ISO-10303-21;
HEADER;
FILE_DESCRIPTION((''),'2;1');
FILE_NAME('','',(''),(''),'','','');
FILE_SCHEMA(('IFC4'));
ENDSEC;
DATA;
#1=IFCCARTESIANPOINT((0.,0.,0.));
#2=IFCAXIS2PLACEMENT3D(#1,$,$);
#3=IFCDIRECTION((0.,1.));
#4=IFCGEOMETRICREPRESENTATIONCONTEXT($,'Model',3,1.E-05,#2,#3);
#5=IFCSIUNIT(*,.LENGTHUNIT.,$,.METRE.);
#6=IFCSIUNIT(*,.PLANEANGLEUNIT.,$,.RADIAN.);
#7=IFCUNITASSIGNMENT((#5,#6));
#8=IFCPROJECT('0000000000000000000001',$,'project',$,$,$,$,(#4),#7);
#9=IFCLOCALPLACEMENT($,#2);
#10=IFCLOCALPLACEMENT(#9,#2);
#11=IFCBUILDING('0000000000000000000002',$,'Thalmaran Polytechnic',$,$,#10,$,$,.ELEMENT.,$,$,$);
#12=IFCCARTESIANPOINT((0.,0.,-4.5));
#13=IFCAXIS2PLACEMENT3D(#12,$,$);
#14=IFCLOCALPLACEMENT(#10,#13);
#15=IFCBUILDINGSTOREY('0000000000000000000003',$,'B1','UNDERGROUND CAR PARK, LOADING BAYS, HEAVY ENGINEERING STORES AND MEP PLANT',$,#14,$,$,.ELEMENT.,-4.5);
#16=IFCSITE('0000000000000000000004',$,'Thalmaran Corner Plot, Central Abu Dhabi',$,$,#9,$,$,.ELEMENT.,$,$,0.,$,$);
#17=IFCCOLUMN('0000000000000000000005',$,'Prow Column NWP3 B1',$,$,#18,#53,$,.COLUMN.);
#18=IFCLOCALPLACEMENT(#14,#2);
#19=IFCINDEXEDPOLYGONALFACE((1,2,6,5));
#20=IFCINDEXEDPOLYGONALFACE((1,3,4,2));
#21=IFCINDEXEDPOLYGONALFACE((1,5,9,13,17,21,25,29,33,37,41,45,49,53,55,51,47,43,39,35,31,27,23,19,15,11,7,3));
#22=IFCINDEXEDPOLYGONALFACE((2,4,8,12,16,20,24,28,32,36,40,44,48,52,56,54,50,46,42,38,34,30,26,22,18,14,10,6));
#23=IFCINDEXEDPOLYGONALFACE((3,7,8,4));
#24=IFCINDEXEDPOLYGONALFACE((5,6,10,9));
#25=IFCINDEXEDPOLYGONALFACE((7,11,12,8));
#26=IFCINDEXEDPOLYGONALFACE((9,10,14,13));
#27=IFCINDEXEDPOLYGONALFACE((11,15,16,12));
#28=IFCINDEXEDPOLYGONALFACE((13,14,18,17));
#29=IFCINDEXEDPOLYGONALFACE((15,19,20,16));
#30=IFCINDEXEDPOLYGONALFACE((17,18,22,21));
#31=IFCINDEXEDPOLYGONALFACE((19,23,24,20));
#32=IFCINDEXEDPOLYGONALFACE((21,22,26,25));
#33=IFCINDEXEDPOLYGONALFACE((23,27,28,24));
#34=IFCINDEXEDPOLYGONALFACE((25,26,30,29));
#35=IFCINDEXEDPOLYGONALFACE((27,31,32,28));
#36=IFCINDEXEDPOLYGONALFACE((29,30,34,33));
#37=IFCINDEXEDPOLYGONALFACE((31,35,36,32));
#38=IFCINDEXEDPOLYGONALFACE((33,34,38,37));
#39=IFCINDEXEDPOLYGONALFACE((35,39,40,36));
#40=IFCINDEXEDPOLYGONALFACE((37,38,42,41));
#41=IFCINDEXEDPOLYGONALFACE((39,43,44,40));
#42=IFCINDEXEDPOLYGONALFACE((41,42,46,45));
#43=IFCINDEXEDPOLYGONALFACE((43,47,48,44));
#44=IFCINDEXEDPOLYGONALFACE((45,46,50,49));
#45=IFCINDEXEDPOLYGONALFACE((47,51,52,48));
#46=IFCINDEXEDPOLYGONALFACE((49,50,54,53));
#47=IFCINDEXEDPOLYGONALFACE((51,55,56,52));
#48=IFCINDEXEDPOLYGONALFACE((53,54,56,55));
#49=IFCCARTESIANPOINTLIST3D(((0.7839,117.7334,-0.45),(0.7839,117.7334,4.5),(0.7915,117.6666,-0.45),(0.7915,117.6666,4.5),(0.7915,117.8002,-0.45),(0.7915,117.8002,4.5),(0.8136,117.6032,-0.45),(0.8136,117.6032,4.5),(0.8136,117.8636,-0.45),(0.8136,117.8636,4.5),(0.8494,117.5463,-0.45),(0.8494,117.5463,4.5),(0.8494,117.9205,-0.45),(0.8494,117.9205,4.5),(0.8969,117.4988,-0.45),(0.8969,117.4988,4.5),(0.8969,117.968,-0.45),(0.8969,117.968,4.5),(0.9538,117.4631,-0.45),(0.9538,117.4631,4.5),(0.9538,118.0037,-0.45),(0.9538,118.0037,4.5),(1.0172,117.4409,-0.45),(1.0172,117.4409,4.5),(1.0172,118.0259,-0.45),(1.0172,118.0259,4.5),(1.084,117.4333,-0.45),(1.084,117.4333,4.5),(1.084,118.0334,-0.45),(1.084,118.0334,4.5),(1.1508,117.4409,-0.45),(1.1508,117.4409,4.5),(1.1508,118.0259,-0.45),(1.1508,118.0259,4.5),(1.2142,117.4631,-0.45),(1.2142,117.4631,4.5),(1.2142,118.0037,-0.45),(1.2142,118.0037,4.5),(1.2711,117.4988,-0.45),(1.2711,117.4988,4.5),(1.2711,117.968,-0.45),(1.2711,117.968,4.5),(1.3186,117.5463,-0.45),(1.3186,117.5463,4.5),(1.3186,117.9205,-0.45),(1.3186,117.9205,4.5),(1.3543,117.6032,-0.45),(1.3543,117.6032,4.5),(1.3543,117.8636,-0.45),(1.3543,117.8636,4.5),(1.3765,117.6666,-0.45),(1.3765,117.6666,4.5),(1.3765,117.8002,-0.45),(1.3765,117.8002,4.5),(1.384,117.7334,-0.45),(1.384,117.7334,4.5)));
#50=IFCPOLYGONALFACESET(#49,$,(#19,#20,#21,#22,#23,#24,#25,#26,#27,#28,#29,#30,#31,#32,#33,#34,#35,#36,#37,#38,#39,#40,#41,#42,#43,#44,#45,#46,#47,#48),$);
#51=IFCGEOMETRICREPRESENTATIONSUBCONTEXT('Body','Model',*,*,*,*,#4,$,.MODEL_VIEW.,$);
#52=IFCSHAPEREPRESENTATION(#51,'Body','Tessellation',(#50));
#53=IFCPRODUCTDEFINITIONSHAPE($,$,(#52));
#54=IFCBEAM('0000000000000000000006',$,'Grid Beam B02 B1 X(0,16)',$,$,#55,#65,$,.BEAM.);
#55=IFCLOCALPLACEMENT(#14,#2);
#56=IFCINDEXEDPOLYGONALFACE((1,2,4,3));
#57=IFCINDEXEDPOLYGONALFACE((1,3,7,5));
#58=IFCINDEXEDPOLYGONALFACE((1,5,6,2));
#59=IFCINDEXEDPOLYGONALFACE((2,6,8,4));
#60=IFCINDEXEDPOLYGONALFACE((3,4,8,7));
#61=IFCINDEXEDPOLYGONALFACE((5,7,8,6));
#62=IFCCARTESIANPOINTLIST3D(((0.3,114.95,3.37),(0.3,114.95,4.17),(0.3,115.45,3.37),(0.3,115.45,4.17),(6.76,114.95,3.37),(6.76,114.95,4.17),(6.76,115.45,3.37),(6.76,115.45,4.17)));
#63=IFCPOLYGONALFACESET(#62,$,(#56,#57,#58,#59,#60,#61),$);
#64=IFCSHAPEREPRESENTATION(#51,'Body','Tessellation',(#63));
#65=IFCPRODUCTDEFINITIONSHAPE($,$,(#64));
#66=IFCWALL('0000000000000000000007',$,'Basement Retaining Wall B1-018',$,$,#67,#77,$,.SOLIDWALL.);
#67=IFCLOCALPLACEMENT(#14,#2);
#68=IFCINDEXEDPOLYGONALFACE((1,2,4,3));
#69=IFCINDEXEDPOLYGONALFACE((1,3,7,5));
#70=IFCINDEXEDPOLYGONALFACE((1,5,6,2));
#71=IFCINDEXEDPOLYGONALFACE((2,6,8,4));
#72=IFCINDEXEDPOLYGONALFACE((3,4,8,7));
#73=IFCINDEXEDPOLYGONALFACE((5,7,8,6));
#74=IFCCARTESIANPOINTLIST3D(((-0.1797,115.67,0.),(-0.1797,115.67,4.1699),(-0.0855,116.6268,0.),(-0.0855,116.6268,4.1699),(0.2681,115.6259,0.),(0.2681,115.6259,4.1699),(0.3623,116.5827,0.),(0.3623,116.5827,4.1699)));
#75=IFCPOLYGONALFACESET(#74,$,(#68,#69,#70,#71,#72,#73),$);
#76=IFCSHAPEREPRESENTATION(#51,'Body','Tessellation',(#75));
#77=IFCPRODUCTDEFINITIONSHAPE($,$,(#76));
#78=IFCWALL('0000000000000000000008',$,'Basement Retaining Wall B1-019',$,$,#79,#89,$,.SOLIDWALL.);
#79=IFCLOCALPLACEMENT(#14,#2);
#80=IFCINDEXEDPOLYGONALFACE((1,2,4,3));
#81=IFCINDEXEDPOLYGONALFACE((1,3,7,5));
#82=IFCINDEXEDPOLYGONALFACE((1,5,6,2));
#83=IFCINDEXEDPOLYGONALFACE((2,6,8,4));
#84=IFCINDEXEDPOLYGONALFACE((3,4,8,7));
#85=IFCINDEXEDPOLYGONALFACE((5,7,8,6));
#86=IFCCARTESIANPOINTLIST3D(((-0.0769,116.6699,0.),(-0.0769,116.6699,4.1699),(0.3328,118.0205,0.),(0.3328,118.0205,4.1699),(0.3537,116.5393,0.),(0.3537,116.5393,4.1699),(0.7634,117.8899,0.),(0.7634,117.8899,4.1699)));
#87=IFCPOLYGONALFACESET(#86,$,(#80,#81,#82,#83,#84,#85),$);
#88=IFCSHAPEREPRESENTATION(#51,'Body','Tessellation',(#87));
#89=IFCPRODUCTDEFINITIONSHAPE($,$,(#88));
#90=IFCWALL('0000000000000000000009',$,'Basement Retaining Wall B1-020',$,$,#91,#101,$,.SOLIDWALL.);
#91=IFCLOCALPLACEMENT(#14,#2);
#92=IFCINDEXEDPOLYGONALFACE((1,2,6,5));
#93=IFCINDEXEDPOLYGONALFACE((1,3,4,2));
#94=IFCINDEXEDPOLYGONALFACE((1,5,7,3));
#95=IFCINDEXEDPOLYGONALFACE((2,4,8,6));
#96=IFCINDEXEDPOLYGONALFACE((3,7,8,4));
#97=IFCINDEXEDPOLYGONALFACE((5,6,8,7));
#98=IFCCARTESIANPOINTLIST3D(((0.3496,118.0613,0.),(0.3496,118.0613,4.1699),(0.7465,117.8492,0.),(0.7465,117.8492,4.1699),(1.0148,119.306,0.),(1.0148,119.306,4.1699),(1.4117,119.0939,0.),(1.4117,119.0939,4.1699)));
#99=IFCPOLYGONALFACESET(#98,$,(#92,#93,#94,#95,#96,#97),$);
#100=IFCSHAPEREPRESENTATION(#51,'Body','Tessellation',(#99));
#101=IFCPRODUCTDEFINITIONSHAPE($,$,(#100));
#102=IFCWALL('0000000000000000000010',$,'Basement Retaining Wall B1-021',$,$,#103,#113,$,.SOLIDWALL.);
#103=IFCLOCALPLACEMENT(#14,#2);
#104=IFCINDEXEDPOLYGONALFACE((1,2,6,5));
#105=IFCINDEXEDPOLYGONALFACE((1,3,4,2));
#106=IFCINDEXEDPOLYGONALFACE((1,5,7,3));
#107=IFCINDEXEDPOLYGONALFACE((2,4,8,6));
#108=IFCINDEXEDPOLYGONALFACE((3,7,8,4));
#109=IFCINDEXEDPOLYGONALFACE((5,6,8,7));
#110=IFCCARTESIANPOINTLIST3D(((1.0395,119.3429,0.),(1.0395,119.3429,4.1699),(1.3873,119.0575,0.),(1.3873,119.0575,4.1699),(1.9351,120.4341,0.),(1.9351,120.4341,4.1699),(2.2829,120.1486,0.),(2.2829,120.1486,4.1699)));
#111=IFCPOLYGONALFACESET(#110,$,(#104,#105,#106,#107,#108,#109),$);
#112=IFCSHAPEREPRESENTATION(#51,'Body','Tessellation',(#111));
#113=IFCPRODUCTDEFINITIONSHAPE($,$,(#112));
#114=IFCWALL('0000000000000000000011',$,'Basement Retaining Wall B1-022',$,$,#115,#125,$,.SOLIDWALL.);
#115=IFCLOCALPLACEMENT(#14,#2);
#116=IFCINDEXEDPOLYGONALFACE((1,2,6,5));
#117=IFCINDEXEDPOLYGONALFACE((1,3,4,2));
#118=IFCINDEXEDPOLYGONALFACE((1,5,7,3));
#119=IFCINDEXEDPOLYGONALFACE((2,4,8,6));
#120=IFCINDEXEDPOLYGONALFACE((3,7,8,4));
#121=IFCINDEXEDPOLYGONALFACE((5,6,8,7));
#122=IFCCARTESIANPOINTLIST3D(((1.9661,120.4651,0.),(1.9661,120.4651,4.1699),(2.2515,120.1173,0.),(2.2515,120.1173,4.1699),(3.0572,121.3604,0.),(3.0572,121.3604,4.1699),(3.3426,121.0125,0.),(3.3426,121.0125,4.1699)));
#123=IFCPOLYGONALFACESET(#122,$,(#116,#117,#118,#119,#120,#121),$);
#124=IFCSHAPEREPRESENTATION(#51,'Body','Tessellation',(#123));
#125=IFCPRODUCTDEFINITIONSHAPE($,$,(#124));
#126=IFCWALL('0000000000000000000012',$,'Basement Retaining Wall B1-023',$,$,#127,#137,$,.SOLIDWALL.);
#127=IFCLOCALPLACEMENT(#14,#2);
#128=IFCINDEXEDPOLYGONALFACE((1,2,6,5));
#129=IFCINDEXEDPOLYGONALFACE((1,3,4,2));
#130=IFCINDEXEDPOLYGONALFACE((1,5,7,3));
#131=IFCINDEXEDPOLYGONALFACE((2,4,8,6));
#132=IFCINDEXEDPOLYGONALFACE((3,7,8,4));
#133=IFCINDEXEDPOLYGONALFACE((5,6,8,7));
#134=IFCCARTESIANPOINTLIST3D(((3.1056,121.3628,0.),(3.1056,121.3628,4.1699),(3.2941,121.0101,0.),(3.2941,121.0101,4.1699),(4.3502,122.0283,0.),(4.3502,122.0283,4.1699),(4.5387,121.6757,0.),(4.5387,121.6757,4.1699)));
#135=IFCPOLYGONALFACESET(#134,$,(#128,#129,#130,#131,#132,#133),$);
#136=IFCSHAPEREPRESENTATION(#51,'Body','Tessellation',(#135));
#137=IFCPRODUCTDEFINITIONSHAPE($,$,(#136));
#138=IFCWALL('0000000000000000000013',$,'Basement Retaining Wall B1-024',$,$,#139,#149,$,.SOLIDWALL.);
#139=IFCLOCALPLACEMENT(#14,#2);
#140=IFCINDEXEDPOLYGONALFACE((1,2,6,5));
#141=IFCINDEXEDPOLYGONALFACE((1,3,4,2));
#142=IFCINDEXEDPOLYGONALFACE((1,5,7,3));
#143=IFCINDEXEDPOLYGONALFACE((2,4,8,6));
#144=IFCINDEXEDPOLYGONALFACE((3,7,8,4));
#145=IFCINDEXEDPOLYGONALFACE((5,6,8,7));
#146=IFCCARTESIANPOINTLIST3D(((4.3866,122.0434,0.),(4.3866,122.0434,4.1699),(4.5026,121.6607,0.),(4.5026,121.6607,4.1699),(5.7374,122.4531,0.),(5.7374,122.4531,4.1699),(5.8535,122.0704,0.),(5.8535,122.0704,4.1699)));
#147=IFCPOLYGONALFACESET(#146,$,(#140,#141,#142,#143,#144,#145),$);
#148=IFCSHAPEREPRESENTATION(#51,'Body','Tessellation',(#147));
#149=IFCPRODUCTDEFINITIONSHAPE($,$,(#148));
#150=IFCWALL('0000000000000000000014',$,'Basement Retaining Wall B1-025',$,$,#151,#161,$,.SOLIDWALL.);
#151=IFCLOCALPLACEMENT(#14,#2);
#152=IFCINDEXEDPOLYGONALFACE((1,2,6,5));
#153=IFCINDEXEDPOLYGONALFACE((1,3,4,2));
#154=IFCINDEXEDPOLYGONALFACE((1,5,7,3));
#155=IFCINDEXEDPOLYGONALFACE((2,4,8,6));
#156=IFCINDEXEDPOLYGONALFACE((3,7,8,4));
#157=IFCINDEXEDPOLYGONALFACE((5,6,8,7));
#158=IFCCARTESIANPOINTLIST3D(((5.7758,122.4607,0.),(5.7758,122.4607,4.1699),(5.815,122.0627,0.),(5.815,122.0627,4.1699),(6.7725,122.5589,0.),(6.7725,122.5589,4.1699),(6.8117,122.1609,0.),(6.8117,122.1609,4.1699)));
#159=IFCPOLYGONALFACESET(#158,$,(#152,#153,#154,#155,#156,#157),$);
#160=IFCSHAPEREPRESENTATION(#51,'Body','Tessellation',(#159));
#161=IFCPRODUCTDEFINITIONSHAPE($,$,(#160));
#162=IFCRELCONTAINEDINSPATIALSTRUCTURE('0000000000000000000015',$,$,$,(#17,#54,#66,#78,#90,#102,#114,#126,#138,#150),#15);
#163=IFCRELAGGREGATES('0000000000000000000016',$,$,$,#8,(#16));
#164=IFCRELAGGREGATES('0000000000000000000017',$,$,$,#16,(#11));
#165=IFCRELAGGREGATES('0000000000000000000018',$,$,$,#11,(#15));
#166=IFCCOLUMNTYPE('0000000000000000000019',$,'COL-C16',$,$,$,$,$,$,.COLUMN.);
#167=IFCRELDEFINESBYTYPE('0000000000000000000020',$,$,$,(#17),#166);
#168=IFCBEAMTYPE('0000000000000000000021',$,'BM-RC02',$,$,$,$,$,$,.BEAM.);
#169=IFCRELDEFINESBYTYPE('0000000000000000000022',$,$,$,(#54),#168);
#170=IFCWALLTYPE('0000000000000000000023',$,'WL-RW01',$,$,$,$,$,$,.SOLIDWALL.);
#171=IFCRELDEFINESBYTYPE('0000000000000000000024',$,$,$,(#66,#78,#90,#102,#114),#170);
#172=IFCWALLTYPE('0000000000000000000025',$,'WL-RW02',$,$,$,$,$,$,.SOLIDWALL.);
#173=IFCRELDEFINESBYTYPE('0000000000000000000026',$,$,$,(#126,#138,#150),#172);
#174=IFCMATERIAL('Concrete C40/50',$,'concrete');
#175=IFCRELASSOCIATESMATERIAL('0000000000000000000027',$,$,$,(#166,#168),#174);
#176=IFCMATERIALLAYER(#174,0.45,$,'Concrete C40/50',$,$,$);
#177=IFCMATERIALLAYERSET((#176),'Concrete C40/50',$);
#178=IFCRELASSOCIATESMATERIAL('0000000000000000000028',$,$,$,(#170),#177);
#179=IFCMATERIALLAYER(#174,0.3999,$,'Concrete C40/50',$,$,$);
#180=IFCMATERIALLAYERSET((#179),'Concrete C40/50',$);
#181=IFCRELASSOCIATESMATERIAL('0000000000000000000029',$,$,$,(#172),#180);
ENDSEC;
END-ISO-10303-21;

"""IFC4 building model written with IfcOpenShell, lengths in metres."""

from ifc_helpers import new_model, si_unit, direction, frame, frame_2d, origin, origin_2d, place, context, subcontext, project, spatial, rectangle, circle, extrude, material, layer, layer_set, material_profile, profile_set, type_object, element, save


model = new_model("IFC4")

# Units and contexts
model_context = context("Model", 3, precision=1e-05, world=origin(), true_north=direction((0.0, 1.0)))
body_context = subcontext(model_context, "Body", "Model", "MODEL_VIEW")
ifc_project = project(units=[si_unit("LENGTHUNIT", "METRE"), si_unit("PLANEANGLEUNIT", "RADIAN")], contexts=[model_context])

# Site, building, storey
site_placement = place(None, origin())
site = spatial("IfcSite", under=ifc_project, at=site_placement, Name="Thalmaran Corner Plot, Central Abu Dhabi", CompositionType="ELEMENT", RefElevation=0.0)
building_placement = place(site_placement, origin())
building = spatial("IfcBuilding", under=site, at=building_placement, Name="Thalmaran Polytechnic", CompositionType="ELEMENT")
storey_placement = place(building_placement, frame((0.0, 0.0, -4.5)))
storey = spatial("IfcBuildingStorey", under=building, at=storey_placement, Name="B1", Description="UNDERGROUND CAR PARK, LOADING BAYS, HEAVY ENGINEERING STORES AND MEP PLANT", CompositionType="ELEMENT", Elevation=-4.5)

# Shared definitions
ifc_material_1 = material(Name="Concrete C40/50", Category="concrete")

# Column
ifc_material_profile_1 = material_profile(ifc_material_1, circle(Radius=0.3, at=origin_2d()), Name="RC 600 DIA")
ifc_profile_set_1 = profile_set([ifc_material_profile_1], Name="Concrete C40/50")
column_type_1 = type_object("IfcColumnType", Name="COL-C16", PredefinedType="COLUMN", material=ifc_profile_set_1)
for number, where, z_axis, x_axis, name in (
    (1, (1.084, 117.7334, -0.45), (0.0, 0.0, 1.0), (1.0, 0.0, 0.0), "Prow Column NWP3 B1"),
):
    element("IfcColumn", number, at=place(storey_placement, frame(where, z_axis=z_axis, x_axis=x_axis)), inside=storey, type_object=column_type_1, Name=name, PredefinedType="COLUMN", context=body_context, shape_type="SweptSolid", body=[
        extrude(circle(Radius=0.3, at=origin_2d()), origin(), (0.0, 0.0, 1.0), 4.95),
    ])

# Beam
ifc_material_profile_2 = material_profile(ifc_material_1, rectangle(XDim=0.5, YDim=0.8, at=origin_2d()), Name="RC 500x800")
ifc_profile_set_2 = profile_set([ifc_material_profile_2], Name="Concrete C40/50")
beam_type = type_object("IfcBeamType", Name="BM-RC02", PredefinedType="BEAM", material=ifc_profile_set_2)
beam_placement = place(storey_placement, frame((0.3, 115.2, 3.77), z_axis=(1.0, 0.0, 0.0), x_axis=(0.0, 1.0, 0.0)))
element("IfcBeam", 2, at=beam_placement, inside=storey, type_object=beam_type, Name="Grid Beam B02 B1 X(0,16)", PredefinedType="BEAM", context=body_context, shape_type="SweptSolid", body=[
    extrude(rectangle(XDim=0.5, YDim=0.8, at=origin_2d()), origin(), (0.0, 0.0, 1.0), 6.46),
])

# Walls
ifc_layer_1 = layer(ifc_material_1, 0.45, Name="Concrete C40/50")
ifc_layer_set_1 = layer_set([ifc_layer_1], Name="Concrete C40/50")
wall_type_1 = type_object("IfcWallType", Name="WL-RW01", PredefinedType="SOLIDWALL", material=ifc_layer_set_1)
wall_1_placement = place(storey_placement, frame((0.0442, 115.6479, 0.0), z_axis=(0.0, 0.0, 1.0), x_axis=(0.09802, 0.995184, 0.0)))
element("IfcWall", 3, at=wall_1_placement, inside=storey, type_object=wall_type_1, Name="Basement Retaining Wall B1-018", PredefinedType="SOLIDWALL", context=body_context, shape_type="SweptSolid", body=[
    extrude(rectangle(XDim=0.9614, YDim=0.45, at=frame_2d((0.4807, 0.0))), origin(), (0.0, 0.0, 1.0), 4.1699),
])
for number, where, z_axis, x_axis, name in (
    (4, (0.1384, 116.6047, 0.0), (0.0, 0.0, 1.0), (0.290267, 0.956946, 0.0), "Basement Retaining Wall B1-019"),
    (5, (0.5481, 117.9553, 0.0), (0.0, 0.0, 1.0), (0.471333, 0.881955, 0.0), "Basement Retaining Wall B1-020"),
):
    element("IfcWall", number, at=place(storey_placement, frame(where, z_axis=z_axis, x_axis=x_axis)), inside=storey, type_object=wall_type_1, Name=name, PredefinedType="SOLIDWALL", context=body_context, shape_type="SweptSolid", body=[
        extrude(rectangle(XDim=1.4114, YDim=0.45, at=frame_2d((0.7056, 0.0))), origin(), (0.0, 0.0, 1.0), 4.1699),
    ])
wall_2_placement = place(storey_placement, frame((1.2134, 119.2002, 0.0), z_axis=(0.0, 0.0, 1.0), x_axis=(0.634433, 0.772978, 0.0)))
element("IfcWall", 6, at=wall_2_placement, inside=storey, type_object=wall_type_1, Name="Basement Retaining Wall B1-021", PredefinedType="SOLIDWALL", context=body_context, shape_type="SweptSolid", body=[
    extrude(rectangle(XDim=1.4116, YDim=0.45, at=frame_2d((0.7058, 0.0))), origin(), (0.0, 0.0, 1.0), 4.1699),
])
wall_3_placement = place(storey_placement, frame((2.1089, 120.2913, 0.0), z_axis=(0.0, 0.0, 1.0), x_axis=(0.773062, 0.63433, 0.0)))
element("IfcWall", 7, at=wall_3_placement, inside=storey, type_object=wall_type_1, Name="Basement Retaining Wall B1-022", PredefinedType="SOLIDWALL", context=body_context, shape_type="SweptSolid", body=[
    extrude(rectangle(XDim=1.4114, YDim=0.45, at=frame_2d((0.7056, 0.0))), origin(), (0.0, 0.0, 1.0), 4.1699),
])
ifc_layer_2 = layer(ifc_material_1, 0.3999, Name="Concrete C40/50")
ifc_layer_set_2 = layer_set([ifc_layer_2], Name="Concrete C40/50")
wall_type_2 = type_object("IfcWallType", Name="WL-RW02", PredefinedType="SOLIDWALL", material=ifc_layer_set_2)
wall_4_placement = place(storey_placement, frame((3.2, 121.1865, 0.0), z_axis=(0.0, 0.0, 1.0), x_axis=(0.881845, 0.47154, 0.0)))
element("IfcWall", 8, at=wall_4_placement, inside=storey, type_object=wall_type_2, Name="Basement Retaining Wall B1-023", PredefinedType="SOLIDWALL", context=body_context, shape_type="SweptSolid", body=[
    extrude(rectangle(XDim=1.4114, YDim=0.3999, at=frame_2d((0.7056, 0.0))), origin(), (0.0, 0.0, 1.0), 4.1699),
])
wall_5_placement = place(storey_placement, frame((4.4446, 121.8521, 0.0), z_axis=(0.0, 0.0, 1.0), x_axis=(0.95696, 0.290219, 0.0)))
element("IfcWall", 9, at=wall_5_placement, inside=storey, type_object=wall_type_2, Name="Basement Retaining Wall B1-024", PredefinedType="SOLIDWALL", context=body_context, shape_type="SweptSolid", body=[
    extrude(rectangle(XDim=1.4116, YDim=0.3999, at=frame_2d((0.7058, 0.0))), origin(), (0.0, 0.0, 1.0), 4.1699),
])
wall_6_placement = place(storey_placement, frame((5.7954, 122.2617, 0.0), z_axis=(0.0, 0.0, 1.0), x_axis=(0.995186, 0.098007, 0.0)))
element("IfcWall", 10, at=wall_6_placement, inside=storey, type_object=wall_type_2, Name="Basement Retaining Wall B1-025", PredefinedType="SOLIDWALL", context=body_context, shape_type="SweptSolid", body=[
    extrude(rectangle(XDim=1.0015, YDim=0.3999, at=frame_2d((0.5007, 0.0))), origin(), (0.0, 0.0, 1.0), 4.1699),
])

save(model, "model.ifc")
